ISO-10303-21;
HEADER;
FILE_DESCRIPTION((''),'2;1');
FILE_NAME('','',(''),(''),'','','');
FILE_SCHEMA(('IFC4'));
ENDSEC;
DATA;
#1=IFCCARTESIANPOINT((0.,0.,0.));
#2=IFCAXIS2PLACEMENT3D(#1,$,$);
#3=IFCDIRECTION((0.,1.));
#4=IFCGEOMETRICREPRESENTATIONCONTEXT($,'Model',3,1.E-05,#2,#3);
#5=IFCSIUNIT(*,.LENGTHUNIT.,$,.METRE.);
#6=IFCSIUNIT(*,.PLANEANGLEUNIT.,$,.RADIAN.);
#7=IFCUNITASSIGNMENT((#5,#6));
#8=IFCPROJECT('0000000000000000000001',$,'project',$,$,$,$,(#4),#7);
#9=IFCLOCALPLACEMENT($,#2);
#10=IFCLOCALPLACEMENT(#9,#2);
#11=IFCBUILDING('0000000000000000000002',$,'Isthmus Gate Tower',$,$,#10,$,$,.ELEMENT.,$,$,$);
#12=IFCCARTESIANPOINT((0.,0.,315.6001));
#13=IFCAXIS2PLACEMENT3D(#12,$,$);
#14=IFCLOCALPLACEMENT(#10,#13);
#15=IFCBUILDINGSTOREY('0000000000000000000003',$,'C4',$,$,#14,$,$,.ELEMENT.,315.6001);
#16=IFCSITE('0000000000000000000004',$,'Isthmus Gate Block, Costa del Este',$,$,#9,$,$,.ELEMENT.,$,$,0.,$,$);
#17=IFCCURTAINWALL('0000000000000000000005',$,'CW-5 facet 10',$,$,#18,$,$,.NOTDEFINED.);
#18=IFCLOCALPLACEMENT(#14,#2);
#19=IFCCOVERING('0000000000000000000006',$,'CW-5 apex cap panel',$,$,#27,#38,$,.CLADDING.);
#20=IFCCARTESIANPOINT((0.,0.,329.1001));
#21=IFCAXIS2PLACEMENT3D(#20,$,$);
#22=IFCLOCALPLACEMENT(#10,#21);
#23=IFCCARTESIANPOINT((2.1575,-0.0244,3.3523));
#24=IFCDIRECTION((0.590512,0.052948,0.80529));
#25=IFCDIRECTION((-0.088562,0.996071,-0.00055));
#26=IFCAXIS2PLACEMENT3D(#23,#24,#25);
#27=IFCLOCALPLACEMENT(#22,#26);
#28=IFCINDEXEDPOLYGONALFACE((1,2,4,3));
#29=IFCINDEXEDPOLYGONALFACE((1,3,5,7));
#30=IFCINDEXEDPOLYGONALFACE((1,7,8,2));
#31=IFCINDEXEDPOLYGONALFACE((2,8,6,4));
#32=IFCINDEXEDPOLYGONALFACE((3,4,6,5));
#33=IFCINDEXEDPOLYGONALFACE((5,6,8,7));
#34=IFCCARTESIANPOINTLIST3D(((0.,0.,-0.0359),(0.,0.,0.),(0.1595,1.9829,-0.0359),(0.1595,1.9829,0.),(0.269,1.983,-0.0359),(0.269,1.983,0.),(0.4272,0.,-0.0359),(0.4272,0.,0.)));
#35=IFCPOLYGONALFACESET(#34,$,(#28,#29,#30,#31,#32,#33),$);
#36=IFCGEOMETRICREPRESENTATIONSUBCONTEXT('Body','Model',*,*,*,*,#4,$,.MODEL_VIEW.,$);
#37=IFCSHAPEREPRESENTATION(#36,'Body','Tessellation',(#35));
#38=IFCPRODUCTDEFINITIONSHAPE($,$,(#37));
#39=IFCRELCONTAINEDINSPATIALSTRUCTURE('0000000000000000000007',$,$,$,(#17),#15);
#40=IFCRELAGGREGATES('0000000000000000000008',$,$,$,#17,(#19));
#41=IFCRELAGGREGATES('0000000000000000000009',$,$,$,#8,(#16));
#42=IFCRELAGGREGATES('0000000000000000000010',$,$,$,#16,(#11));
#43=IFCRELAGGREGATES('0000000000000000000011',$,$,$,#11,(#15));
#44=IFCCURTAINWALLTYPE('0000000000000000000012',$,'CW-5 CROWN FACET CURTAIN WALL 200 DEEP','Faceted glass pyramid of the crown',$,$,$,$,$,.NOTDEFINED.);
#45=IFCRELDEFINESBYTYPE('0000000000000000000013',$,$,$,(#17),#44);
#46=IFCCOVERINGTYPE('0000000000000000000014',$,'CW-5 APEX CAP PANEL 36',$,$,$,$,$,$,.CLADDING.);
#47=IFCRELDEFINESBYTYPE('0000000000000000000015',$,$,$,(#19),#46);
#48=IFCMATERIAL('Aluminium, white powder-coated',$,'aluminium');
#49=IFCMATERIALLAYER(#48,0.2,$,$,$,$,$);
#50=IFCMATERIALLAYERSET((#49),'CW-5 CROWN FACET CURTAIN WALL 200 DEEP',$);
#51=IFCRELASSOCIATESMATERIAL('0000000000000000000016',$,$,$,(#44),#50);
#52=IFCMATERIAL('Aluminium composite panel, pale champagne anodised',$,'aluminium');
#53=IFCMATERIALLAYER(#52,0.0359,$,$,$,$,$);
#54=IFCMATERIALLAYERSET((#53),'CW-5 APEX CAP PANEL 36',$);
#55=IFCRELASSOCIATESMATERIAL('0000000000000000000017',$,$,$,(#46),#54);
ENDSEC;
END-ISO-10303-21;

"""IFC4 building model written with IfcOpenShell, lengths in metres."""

from ifc_helpers import new_model, si_unit, direction, frame, origin, place, context, subcontext, project, spatial, polyline, outline, extrude, material, layer, layer_set, type_object, element, aggregate, save


model = new_model("IFC4")

# Units and contexts
model_context = context("Model", 3, precision=1e-05, world=origin(), true_north=direction((0.0, 1.0)))
body_context = subcontext(model_context, "Body", "Model", "MODEL_VIEW")
ifc_project = project(units=[si_unit("LENGTHUNIT", "METRE"), si_unit("PLANEANGLEUNIT", "RADIAN")], contexts=[model_context])

# Site, building, storey
site_placement = place(None, origin())
site = spatial("IfcSite", under=ifc_project, at=site_placement, Name="Isthmus Gate Block, Costa del Este", CompositionType="ELEMENT", RefElevation=0.0)
building_placement = place(site_placement, origin())
building = spatial("IfcBuilding", under=site, at=building_placement, Name="Isthmus Gate Tower", CompositionType="ELEMENT")
storey_placement = place(building_placement, frame((0.0, 0.0, 315.6001)))
storey = spatial("IfcBuildingStorey", under=building, at=storey_placement, Name="C4", CompositionType="ELEMENT", Elevation=315.6001)

# Curtain wall
ifc_material_1 = material(Name="Aluminium, white powder-coated", Category="aluminium")
ifc_layer_1 = layer(ifc_material_1, 0.2)
ifc_layer_set_1 = layer_set([ifc_layer_1], Name="CW-5 CROWN FACET CURTAIN WALL 200 DEEP")
curtain_wall_type = type_object("IfcCurtainWallType", Name="CW-5 CROWN FACET CURTAIN WALL 200 DEEP", Description="Faceted glass pyramid of the crown", PredefinedType="NOTDEFINED", material=ifc_layer_set_1)
curtain_wall_1_placement = place(storey_placement, origin())
curtain_wall_1 = element("IfcCurtainWall", 1, at=curtain_wall_1_placement, inside=storey, type_object=curtain_wall_type, Name="CW-5 facet 10", PredefinedType="NOTDEFINED")

# Shared definitions
placement_1 = place(building_placement, frame((0.0, 0.0, 329.1001)))

# Covering
ifc_material_2 = material(Name="Aluminium composite panel, pale champagne anodised", Category="aluminium")
ifc_layer_2 = layer(ifc_material_2, 0.0359)
ifc_layer_set_2 = layer_set([ifc_layer_2], Name="CW-5 APEX CAP PANEL 36")
covering_type = type_object("IfcCoveringType", Name="CW-5 APEX CAP PANEL 36", PredefinedType="CLADDING", material=ifc_layer_set_2)
covering_1_placement = place(placement_1, frame((2.1575, -0.0244, 3.3523), z_axis=(0.590512, 0.052948, 0.80529), x_axis=(-0.088562, 0.996071, -0.00055)))
covering_1 = element("IfcCovering", 2, at=covering_1_placement, type_object=covering_type, Name="CW-5 apex cap panel", PredefinedType="CLADDING", context=body_context, shape_type="SweptSolid", body=[
    extrude(outline(polyline([(0.0, 0.0), (0.4272, 0.0), (0.269, 1.983), (0.1595, 1.9829), (0.0, 0.0)])), origin(), (0.0, 0.0, -1.0), 0.0359),
])
aggregate(curtain_wall_1, [covering_1])

save(model, "model.ifc")
